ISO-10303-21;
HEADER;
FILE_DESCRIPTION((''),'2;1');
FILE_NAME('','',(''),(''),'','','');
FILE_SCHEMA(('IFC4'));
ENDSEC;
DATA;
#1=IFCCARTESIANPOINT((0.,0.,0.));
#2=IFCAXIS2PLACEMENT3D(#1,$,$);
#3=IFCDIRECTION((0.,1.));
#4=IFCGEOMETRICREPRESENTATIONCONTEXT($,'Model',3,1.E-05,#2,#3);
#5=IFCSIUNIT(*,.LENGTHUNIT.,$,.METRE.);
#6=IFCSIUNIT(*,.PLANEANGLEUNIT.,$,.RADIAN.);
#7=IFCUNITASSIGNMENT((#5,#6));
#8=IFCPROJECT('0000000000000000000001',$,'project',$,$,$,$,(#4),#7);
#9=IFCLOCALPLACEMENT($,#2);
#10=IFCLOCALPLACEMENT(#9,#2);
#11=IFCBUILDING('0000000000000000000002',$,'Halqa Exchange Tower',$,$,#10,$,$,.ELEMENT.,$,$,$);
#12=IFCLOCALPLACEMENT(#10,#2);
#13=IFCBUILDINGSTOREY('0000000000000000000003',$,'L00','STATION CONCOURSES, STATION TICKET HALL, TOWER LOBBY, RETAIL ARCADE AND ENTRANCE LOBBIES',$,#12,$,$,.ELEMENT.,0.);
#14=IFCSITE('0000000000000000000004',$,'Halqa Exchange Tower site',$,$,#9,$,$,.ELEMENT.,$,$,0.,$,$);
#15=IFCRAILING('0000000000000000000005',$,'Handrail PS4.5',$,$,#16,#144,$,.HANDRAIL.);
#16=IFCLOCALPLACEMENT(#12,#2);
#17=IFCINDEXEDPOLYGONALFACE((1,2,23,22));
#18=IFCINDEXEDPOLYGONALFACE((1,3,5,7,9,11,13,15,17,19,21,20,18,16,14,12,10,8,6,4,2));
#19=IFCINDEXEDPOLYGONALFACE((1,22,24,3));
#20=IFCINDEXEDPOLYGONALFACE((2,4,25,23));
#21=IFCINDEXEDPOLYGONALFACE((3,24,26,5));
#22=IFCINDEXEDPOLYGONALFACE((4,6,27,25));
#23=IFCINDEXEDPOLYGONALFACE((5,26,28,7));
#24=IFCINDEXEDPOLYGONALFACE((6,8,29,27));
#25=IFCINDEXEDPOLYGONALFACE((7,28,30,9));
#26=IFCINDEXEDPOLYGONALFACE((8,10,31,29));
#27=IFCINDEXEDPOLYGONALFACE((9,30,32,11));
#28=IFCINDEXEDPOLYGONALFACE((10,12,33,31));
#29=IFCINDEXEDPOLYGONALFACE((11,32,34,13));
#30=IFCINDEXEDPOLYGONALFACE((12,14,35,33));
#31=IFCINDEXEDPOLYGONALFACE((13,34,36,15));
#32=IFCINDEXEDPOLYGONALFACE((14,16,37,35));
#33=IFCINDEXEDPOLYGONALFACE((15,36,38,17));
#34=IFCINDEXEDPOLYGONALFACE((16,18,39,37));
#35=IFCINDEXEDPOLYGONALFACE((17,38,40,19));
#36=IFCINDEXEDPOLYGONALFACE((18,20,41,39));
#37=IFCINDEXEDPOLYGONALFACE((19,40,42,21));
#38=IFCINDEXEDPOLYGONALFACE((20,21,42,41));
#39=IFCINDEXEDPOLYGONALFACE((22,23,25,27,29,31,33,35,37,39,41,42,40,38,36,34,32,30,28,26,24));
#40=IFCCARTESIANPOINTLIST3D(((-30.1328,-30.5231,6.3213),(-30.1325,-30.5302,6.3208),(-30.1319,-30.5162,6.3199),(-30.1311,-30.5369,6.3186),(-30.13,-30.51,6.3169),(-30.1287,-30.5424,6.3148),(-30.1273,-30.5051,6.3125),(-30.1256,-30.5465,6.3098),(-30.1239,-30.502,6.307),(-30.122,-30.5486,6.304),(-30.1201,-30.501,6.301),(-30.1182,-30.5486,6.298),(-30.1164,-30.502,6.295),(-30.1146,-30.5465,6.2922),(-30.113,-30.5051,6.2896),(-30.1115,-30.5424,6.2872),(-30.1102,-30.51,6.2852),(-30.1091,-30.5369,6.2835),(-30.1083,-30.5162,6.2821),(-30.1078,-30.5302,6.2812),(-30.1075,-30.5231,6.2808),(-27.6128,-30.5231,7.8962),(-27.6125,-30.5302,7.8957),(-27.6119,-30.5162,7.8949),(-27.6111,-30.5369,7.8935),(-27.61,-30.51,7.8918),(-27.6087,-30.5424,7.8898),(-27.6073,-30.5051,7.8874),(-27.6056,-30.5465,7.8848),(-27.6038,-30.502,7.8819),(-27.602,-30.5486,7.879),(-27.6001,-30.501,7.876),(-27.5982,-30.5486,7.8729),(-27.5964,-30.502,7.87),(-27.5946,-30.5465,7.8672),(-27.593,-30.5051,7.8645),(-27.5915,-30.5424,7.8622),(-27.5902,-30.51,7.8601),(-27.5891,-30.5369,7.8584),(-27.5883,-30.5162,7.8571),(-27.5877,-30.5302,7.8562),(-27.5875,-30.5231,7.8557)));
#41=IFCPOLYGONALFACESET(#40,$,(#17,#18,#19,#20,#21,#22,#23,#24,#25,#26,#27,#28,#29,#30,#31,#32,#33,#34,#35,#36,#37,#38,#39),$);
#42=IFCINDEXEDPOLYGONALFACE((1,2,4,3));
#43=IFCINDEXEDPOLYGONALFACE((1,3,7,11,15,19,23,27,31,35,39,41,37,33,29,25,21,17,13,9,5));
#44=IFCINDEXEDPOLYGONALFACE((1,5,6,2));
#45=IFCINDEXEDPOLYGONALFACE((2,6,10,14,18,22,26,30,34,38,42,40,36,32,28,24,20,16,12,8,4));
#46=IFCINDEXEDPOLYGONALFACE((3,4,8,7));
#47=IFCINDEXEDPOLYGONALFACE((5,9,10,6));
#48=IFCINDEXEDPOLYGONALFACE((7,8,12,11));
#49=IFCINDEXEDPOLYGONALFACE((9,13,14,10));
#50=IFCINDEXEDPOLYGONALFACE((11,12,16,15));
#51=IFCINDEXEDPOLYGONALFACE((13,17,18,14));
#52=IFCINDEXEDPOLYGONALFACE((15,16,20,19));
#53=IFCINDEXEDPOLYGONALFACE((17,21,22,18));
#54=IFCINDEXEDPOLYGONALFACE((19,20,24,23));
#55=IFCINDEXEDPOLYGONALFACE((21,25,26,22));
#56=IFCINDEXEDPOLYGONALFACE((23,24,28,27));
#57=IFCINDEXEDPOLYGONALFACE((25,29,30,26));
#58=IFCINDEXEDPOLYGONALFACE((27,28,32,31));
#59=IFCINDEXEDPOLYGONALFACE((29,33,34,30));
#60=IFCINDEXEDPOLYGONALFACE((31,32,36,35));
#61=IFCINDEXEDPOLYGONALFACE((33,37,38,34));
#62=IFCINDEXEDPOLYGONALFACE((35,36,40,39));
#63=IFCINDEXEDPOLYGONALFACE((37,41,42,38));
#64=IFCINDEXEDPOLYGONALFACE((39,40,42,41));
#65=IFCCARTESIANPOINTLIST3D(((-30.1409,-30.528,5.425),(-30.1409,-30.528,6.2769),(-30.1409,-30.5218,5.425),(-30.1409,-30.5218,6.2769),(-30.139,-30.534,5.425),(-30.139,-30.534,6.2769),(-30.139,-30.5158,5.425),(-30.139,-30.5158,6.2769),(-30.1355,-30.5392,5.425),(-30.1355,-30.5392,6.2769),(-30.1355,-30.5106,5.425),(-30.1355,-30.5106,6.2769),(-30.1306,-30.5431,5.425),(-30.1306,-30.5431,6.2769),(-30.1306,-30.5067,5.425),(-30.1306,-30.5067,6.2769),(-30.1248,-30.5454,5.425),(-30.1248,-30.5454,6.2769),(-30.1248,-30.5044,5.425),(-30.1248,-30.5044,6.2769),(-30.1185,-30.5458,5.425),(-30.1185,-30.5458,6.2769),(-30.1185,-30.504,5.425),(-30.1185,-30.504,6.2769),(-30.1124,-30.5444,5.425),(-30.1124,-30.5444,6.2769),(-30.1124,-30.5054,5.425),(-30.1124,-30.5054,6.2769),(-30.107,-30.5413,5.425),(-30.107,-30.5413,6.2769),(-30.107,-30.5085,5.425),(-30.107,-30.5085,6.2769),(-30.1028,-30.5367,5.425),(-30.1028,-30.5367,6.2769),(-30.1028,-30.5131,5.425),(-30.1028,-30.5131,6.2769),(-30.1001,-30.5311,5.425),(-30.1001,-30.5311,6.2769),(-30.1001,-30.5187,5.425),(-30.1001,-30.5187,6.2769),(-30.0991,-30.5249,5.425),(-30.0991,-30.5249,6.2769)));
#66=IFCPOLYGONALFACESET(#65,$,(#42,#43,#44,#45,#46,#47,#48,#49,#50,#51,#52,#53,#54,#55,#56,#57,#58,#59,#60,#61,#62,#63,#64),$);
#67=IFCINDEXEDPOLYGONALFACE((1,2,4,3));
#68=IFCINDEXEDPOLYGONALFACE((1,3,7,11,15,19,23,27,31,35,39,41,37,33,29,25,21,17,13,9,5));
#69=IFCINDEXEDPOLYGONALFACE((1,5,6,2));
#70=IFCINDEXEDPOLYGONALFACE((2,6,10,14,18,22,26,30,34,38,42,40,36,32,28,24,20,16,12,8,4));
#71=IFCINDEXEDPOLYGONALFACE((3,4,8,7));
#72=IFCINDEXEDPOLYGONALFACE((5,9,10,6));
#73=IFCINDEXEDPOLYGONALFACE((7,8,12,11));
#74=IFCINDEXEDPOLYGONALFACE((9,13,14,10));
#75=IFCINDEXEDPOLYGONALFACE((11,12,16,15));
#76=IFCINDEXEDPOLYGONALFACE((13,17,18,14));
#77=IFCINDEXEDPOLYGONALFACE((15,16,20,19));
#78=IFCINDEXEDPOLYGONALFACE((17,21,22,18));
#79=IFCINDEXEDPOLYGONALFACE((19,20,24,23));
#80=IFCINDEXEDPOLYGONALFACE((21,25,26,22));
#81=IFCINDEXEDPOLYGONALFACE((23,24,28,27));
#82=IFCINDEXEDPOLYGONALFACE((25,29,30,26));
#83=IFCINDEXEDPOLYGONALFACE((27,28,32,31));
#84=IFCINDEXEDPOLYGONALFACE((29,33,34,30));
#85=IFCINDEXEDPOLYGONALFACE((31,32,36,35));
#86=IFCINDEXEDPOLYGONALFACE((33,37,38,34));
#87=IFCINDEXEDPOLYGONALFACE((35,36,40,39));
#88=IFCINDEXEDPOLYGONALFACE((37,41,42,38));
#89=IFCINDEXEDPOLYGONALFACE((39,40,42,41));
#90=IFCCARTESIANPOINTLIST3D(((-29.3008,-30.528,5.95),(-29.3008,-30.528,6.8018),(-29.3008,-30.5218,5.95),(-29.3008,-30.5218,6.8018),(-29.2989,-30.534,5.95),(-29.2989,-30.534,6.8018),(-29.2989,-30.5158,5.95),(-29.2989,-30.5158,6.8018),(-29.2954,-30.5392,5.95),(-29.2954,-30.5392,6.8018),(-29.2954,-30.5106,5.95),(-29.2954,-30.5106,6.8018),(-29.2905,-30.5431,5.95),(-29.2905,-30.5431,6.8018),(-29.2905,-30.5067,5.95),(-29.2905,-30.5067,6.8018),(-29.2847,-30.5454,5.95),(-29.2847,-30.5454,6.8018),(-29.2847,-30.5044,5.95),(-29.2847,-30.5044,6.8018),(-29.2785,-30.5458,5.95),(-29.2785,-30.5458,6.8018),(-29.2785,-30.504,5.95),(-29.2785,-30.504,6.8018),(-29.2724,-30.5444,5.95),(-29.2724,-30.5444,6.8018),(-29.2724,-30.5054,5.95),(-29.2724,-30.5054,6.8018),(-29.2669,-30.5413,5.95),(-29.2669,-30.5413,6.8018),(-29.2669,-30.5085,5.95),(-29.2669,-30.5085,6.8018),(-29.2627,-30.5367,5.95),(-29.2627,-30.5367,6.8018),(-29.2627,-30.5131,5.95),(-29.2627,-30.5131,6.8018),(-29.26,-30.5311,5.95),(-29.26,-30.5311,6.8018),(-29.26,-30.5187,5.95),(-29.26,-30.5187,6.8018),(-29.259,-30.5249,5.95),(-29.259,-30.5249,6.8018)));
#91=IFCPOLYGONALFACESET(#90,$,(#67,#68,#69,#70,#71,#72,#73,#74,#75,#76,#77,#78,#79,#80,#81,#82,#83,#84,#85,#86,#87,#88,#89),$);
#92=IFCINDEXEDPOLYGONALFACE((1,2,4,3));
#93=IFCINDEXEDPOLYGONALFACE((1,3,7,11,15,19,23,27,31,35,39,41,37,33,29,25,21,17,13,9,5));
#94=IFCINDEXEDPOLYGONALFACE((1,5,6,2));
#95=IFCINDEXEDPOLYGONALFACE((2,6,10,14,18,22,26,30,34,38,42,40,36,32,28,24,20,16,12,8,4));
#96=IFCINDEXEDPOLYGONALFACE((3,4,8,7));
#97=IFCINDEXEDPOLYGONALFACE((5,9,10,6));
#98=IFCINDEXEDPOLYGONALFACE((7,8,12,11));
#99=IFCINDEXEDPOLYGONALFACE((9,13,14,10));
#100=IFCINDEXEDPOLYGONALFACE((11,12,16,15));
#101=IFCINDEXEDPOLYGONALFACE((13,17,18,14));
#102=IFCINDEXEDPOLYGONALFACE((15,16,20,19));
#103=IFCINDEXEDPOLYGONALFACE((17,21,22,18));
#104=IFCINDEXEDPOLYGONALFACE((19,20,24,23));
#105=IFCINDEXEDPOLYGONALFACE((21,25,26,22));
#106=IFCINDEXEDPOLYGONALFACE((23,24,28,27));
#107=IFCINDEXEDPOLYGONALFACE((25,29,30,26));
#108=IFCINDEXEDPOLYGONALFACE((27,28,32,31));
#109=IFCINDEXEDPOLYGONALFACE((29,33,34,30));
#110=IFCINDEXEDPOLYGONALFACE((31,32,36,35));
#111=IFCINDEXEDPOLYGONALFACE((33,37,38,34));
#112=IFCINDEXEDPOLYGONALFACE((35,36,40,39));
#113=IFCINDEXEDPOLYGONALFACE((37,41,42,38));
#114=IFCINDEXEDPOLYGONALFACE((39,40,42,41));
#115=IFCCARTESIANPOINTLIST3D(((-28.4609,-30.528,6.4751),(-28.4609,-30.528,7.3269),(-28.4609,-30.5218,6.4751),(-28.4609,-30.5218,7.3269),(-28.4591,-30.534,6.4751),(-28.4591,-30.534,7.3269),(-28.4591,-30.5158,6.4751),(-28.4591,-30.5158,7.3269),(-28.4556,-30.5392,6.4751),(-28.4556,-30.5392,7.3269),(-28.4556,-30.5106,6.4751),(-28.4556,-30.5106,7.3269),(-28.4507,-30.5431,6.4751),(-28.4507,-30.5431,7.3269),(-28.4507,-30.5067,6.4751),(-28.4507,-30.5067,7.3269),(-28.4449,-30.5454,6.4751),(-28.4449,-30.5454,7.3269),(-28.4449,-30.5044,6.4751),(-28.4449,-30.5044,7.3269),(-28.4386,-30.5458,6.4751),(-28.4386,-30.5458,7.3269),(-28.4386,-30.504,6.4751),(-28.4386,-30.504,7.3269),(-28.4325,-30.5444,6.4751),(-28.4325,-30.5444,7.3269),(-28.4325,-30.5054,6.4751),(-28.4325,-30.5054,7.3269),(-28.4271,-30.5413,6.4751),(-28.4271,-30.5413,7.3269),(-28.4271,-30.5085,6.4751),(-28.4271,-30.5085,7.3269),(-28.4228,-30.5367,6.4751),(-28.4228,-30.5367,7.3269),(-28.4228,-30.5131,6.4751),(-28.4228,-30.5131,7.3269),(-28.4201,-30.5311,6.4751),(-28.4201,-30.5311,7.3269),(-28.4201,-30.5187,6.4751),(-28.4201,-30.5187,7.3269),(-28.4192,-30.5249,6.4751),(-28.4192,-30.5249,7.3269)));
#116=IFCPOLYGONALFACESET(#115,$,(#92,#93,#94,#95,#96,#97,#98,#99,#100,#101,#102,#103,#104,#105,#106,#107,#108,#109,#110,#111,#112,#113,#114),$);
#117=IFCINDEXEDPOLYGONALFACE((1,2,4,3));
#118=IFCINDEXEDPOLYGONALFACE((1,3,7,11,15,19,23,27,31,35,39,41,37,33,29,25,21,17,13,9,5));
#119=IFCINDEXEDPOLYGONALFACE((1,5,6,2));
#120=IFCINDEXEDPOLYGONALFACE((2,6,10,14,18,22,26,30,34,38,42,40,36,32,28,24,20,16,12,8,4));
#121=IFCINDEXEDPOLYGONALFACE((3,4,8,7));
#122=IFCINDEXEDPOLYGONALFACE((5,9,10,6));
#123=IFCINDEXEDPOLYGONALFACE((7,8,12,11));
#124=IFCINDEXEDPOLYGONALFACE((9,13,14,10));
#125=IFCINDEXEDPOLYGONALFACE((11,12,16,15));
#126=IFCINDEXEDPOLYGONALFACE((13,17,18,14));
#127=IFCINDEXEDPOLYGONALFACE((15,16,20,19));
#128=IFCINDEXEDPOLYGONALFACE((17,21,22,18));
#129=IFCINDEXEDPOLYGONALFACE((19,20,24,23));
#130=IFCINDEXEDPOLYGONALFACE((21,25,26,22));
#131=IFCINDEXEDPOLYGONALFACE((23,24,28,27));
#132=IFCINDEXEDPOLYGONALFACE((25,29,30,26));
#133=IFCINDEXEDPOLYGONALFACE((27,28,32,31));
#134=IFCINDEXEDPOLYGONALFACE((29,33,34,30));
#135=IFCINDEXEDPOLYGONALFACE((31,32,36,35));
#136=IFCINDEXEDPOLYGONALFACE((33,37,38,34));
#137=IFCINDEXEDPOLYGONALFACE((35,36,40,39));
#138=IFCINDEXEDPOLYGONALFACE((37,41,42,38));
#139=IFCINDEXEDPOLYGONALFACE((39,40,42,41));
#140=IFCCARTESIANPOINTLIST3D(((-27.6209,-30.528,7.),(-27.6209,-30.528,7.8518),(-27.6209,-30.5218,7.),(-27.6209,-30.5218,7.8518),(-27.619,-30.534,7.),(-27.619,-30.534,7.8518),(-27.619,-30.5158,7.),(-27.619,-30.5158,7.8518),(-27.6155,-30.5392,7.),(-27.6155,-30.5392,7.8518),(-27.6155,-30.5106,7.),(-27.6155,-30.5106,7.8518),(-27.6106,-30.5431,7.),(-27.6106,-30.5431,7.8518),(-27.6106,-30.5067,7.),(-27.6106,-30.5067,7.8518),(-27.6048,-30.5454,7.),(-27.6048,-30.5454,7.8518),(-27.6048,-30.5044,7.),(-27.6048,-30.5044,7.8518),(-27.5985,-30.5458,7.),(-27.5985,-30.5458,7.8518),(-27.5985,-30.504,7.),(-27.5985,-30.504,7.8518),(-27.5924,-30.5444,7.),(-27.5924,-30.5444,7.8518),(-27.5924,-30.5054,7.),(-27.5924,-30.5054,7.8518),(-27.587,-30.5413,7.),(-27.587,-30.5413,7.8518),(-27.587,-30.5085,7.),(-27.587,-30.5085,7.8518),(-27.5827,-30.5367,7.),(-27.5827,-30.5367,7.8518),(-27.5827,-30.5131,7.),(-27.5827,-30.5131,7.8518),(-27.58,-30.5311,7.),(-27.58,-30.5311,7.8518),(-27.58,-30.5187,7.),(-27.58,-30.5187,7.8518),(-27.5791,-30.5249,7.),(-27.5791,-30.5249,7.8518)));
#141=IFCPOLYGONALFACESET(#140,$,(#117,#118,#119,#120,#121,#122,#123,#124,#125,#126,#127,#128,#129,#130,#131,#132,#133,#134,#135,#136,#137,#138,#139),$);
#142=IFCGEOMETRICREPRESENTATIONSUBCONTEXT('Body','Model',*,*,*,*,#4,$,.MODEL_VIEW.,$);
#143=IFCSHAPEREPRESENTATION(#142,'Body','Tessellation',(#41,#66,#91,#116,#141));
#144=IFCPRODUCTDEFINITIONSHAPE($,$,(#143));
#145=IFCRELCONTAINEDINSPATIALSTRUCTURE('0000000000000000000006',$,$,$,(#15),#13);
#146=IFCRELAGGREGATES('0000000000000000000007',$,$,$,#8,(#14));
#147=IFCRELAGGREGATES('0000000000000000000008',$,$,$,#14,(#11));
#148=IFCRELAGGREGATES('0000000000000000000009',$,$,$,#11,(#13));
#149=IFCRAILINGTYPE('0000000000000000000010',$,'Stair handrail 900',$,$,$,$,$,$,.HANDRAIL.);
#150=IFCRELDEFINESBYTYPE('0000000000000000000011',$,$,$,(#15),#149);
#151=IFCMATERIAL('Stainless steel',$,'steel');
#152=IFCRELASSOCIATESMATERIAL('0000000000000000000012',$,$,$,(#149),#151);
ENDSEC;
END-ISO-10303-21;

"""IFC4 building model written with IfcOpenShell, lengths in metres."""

from ifc_helpers import new_model, si_unit, direction, frame, origin, origin_2d, place, context, subcontext, project, spatial, circle, extrude, material, type_object, element, save


model = new_model("IFC4")

# Units and contexts
model_context = context("Model", 3, precision=1e-05, world=origin(), true_north=direction((0.0, 1.0)))
body_context = subcontext(model_context, "Body", "Model", "MODEL_VIEW")
ifc_project = project(units=[si_unit("LENGTHUNIT", "METRE"), si_unit("PLANEANGLEUNIT", "RADIAN")], contexts=[model_context])

# Site, building, storey
site_placement = place(None, origin())
site = spatial("IfcSite", under=ifc_project, at=site_placement, Name="Halqa Exchange Tower site", CompositionType="ELEMENT", RefElevation=0.0)
building_placement = place(site_placement, origin())
building = spatial("IfcBuilding", under=site, at=building_placement, Name="Halqa Exchange Tower", CompositionType="ELEMENT")
storey_placement = place(building_placement, origin())
storey = spatial("IfcBuildingStorey", under=building, at=storey_placement, Name="L00", Description="STATION CONCOURSES, STATION TICKET HALL, TOWER LOBBY, RETAIL ARCADE AND ENTRANCE LOBBIES", CompositionType="ELEMENT", Elevation=0.0)

# Railing
ifc_material_1 = material(Name="Stainless steel", Category="steel")
railing_type = type_object("IfcRailingType", Name="Stair handrail 900", PredefinedType="HANDRAIL", material=ifc_material_1)
for number, where, name in (
    (1, (-30.1201, -30.5249, 5.425), "Handrail PS4.5"),
):
    element("IfcRailing", number, at=place(storey_placement, frame(where)), inside=storey, type_object=railing_type, Name=name, PredefinedType="HANDRAIL", context=body_context, shape_type="SweptSolid", body=[
        extrude(circle(Radius=0.0239, at=origin_2d()), frame((0.0, 0.0, 0.876), z_axis=(0.848008, 0.0, 0.529984), x_axis=(0.0, 1.0, 0.0)), (0.0, 0.0, 1.0), 2.9717),
        extrude(circle(Radius=0.021, at=origin_2d()), origin(), (0.0, 0.0, 1.0), 0.8518),
        extrude(circle(Radius=0.021, at=origin_2d()), frame((0.8401, 0.0, 0.5249)), (0.0, 0.0, 1.0), 0.8518),
        extrude(circle(Radius=0.021, at=origin_2d()), frame((1.6799, 0.0, 1.05)), (0.0, 0.0, 1.0), 0.8518),
        extrude(circle(Radius=0.021, at=origin_2d()), frame((2.52, 0.0, 1.575)), (0.0, 0.0, 1.0), 0.8518),
    ])

save(model, "model.ifc")
